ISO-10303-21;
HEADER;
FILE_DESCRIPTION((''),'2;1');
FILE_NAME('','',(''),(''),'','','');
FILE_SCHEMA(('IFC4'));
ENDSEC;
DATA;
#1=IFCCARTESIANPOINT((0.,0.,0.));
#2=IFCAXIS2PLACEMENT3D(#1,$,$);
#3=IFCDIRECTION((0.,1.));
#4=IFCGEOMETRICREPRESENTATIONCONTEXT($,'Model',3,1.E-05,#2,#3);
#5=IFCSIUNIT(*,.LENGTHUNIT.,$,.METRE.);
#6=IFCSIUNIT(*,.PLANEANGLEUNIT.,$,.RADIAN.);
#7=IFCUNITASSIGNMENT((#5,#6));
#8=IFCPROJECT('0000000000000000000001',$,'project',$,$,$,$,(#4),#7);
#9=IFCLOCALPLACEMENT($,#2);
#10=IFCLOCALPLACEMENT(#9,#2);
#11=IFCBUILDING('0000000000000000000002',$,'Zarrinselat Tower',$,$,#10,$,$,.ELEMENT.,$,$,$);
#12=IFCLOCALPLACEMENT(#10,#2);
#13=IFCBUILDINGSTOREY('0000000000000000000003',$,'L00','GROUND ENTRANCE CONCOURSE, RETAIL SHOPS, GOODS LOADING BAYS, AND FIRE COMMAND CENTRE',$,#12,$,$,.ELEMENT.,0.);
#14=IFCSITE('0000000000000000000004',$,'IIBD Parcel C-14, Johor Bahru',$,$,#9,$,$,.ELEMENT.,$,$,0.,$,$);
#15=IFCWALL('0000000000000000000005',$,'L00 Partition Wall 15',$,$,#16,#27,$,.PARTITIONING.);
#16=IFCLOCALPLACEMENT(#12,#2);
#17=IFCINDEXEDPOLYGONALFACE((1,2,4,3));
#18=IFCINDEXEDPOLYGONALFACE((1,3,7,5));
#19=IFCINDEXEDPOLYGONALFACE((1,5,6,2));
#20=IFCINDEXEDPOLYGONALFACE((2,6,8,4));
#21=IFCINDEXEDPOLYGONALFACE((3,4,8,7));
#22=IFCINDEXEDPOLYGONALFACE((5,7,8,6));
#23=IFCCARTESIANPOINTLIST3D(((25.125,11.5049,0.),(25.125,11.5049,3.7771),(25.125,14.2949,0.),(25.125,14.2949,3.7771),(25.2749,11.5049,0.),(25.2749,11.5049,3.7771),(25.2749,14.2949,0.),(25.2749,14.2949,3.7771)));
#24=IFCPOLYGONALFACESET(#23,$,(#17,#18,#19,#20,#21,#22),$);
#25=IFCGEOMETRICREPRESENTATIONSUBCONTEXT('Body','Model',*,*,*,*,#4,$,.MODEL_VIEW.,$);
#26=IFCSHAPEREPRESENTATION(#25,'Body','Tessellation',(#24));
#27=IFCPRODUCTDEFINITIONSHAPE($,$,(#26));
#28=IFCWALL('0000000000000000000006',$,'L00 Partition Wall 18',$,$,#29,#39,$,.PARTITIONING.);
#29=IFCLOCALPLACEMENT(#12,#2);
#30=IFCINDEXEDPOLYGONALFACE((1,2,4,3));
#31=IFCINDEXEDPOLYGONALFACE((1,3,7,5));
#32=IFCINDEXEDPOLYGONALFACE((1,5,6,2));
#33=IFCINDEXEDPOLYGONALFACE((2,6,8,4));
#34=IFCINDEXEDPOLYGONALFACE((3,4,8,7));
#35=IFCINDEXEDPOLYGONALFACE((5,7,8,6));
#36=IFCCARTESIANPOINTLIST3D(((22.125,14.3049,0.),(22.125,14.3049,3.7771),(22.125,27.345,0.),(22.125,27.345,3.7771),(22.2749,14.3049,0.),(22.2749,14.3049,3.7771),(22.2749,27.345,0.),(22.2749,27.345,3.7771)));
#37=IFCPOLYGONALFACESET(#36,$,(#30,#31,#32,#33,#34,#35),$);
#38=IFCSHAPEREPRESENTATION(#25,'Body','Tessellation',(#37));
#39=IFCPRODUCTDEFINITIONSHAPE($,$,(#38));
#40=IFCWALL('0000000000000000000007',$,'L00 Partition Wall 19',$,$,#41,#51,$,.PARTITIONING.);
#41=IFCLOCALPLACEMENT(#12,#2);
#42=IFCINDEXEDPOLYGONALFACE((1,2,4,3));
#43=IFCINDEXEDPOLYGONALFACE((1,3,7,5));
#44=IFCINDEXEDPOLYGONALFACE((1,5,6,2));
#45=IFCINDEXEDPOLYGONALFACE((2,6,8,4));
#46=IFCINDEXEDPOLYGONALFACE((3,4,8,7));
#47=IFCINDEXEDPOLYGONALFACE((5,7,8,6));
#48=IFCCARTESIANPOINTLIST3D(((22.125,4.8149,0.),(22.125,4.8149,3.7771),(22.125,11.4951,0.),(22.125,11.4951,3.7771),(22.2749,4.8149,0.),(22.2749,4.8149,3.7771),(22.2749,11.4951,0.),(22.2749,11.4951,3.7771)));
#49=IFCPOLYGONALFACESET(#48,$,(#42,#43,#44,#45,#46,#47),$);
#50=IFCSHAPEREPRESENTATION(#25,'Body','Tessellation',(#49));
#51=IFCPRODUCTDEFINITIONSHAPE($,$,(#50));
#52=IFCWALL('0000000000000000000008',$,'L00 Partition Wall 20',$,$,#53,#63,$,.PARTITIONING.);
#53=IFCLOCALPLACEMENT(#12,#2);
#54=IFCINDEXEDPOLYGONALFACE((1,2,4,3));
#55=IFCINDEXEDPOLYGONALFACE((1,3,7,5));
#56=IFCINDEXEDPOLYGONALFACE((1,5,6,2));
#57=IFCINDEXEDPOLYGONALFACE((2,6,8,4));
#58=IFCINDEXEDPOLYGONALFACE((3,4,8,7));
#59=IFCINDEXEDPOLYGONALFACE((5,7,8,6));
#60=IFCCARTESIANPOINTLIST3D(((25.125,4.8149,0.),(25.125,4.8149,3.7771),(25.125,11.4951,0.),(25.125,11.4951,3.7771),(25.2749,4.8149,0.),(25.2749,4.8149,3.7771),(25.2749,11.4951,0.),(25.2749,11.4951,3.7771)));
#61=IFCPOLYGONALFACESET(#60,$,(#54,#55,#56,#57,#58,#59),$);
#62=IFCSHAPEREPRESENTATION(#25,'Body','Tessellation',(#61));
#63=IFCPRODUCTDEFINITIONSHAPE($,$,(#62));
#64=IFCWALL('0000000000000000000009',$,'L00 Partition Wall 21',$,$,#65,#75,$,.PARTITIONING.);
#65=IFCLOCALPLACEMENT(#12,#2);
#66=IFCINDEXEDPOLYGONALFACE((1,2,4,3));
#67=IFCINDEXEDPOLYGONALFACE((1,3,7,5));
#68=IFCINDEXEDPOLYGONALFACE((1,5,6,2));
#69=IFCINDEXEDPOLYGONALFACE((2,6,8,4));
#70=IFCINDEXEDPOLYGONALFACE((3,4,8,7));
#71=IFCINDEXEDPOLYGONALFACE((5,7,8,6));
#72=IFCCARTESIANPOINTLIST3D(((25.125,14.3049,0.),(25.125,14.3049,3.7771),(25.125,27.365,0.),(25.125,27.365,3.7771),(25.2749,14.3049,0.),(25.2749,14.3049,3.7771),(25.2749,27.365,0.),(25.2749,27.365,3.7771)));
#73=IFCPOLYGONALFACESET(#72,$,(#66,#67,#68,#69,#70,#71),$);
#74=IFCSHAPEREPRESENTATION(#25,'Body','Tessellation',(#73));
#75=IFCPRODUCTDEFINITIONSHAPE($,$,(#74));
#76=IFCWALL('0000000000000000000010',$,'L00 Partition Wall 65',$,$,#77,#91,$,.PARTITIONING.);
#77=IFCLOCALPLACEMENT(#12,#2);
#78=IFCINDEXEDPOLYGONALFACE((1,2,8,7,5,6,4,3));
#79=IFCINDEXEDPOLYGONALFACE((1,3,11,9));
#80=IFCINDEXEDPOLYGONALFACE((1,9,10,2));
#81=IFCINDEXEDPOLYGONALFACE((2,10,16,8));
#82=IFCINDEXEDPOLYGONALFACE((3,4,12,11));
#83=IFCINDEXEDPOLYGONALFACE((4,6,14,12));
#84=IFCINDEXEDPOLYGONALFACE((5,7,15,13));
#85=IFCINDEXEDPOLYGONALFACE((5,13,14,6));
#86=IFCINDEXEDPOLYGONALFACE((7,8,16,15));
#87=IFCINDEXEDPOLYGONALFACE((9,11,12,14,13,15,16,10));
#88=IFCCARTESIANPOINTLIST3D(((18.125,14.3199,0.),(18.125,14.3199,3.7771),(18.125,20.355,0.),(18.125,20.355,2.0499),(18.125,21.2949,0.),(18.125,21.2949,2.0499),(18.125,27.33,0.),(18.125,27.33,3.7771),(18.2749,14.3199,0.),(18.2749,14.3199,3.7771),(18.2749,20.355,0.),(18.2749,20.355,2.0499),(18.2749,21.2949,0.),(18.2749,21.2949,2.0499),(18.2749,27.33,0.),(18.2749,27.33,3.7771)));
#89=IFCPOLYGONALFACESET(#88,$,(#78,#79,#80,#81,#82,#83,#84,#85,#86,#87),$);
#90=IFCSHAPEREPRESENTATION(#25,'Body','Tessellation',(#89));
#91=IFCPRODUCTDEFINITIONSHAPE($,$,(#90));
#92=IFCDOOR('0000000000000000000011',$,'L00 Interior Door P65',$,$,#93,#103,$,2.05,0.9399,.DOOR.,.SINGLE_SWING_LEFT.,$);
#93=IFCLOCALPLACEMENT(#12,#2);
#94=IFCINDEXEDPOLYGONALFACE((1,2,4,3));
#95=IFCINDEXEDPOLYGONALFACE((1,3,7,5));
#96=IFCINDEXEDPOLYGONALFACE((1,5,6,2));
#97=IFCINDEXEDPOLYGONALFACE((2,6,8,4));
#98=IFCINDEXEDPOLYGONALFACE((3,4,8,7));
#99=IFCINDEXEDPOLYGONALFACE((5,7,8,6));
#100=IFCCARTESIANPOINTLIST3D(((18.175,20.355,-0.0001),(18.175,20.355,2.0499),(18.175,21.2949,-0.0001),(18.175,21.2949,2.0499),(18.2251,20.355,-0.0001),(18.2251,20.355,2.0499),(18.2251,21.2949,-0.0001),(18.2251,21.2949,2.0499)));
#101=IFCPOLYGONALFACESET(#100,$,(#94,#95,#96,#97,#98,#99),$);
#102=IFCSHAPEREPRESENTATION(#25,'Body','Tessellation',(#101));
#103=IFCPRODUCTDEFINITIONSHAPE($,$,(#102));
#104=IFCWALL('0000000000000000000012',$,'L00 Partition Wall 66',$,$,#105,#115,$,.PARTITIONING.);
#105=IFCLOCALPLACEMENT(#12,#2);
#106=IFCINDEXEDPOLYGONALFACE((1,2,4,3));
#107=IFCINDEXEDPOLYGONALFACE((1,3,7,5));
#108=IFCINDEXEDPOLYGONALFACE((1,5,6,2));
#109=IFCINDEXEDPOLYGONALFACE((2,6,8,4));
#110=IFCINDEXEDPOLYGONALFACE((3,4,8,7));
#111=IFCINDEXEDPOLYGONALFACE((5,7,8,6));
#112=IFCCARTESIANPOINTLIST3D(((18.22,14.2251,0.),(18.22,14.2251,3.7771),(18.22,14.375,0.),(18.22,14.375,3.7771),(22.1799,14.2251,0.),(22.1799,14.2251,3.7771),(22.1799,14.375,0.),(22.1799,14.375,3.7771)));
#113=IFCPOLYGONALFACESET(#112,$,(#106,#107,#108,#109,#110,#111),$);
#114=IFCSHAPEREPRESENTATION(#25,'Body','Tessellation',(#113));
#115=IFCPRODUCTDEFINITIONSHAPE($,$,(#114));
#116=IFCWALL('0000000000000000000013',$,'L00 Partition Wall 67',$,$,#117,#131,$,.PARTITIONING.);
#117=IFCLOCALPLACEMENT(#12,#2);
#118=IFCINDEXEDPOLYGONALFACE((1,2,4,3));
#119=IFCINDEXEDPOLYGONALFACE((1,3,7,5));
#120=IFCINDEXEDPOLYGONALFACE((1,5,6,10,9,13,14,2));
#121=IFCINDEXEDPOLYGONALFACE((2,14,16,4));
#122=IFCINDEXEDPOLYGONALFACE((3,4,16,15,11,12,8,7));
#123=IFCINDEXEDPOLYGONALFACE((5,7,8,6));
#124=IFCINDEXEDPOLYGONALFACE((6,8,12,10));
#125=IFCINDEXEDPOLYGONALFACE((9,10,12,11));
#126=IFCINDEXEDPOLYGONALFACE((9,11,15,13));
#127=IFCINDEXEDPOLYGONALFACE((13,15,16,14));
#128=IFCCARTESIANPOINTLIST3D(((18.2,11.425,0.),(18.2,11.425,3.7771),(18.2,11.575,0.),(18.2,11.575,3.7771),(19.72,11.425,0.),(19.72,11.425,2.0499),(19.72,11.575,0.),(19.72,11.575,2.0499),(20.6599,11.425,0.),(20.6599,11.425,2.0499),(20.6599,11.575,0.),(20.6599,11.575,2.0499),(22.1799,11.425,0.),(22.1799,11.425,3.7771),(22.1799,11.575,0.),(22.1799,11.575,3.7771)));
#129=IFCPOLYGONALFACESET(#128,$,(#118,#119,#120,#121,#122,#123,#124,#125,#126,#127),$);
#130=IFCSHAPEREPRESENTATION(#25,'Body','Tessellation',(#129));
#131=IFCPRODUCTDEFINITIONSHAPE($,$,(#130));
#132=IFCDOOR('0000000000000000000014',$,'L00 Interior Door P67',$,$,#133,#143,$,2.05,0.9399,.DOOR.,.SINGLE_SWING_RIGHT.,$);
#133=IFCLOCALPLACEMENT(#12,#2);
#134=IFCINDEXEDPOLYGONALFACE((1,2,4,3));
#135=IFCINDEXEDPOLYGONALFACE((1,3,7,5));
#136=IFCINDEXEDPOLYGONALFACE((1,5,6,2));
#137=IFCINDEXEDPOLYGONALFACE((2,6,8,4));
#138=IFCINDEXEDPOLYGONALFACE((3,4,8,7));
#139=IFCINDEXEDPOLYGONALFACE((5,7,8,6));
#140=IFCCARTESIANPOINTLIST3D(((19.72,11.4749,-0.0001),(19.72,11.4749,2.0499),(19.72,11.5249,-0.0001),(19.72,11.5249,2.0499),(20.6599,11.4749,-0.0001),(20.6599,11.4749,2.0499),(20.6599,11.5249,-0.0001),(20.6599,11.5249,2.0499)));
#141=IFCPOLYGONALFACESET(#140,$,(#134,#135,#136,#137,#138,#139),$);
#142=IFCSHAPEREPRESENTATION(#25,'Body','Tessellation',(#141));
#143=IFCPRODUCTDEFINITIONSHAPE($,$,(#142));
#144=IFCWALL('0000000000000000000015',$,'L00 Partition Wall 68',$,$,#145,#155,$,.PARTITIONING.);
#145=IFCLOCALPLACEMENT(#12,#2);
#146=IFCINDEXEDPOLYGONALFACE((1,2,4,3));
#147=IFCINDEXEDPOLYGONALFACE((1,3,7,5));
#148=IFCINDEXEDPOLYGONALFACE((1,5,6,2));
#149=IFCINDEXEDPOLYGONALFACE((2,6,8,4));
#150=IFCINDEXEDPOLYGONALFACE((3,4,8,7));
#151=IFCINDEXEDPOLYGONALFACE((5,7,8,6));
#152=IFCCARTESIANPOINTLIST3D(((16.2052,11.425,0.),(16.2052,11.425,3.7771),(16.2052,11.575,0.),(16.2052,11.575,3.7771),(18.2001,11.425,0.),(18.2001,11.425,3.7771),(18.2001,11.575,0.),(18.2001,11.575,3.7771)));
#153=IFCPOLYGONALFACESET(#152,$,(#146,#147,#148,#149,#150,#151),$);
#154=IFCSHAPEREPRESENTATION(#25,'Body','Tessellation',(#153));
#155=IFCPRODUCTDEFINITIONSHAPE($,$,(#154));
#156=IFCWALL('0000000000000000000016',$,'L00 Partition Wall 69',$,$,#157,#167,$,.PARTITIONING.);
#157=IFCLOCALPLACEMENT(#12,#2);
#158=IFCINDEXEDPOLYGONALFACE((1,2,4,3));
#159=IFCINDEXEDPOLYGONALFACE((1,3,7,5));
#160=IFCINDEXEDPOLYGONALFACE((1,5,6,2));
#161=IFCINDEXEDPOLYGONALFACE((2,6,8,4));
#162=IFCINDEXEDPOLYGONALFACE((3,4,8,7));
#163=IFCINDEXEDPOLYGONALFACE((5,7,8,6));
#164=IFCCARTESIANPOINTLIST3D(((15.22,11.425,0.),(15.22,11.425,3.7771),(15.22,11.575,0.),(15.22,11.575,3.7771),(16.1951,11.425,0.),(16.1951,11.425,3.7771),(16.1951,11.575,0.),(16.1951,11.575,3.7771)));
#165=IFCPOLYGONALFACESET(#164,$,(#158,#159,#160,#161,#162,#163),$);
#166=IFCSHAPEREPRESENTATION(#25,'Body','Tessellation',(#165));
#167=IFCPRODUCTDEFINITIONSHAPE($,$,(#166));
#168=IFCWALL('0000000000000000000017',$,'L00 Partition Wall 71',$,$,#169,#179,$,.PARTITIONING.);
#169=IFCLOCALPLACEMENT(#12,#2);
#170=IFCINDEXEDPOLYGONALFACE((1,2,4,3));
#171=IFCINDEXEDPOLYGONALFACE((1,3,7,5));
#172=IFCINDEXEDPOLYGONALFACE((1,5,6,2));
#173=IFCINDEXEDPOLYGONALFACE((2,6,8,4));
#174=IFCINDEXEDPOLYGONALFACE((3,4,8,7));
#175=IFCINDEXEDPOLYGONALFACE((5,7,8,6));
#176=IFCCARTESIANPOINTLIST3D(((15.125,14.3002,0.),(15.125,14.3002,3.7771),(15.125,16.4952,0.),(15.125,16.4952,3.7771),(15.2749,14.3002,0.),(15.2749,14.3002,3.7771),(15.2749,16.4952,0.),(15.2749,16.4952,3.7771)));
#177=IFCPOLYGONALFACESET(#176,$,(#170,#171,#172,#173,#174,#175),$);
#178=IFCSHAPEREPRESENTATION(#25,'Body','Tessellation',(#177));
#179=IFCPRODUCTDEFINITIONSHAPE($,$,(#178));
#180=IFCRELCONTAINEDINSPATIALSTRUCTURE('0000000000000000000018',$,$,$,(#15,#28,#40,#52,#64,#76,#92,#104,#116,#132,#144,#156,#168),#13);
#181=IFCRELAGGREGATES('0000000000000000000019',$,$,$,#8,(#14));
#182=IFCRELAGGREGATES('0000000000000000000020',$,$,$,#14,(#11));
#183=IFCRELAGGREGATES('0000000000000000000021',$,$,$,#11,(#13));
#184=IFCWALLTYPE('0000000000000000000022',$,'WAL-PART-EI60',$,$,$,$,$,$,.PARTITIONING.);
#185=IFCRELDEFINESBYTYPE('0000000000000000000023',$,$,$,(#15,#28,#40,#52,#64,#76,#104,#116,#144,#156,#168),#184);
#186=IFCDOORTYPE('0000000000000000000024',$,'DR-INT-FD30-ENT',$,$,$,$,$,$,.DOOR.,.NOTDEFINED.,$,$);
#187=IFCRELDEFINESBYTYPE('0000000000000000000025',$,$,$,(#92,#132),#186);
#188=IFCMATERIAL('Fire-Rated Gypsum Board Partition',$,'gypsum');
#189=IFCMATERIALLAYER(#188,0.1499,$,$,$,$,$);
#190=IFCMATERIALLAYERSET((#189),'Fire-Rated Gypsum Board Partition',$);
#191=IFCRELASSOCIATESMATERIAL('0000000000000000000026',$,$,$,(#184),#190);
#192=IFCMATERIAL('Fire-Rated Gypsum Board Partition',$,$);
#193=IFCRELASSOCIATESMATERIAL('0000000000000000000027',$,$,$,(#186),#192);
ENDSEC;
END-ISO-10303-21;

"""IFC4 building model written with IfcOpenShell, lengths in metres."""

from ifc_helpers import new_model, si_unit, direction, frame, frame_2d, origin, place, context, subcontext, project, spatial, rectangle, extrude, material, layer, layer_set, type_object, element, fill, save


model = new_model("IFC4")

# Units and contexts
model_context = context("Model", 3, precision=1e-05, world=origin(), true_north=direction((0.0, 1.0)))
body_context = subcontext(model_context, "Body", "Model", "MODEL_VIEW")
ifc_project = project(units=[si_unit("LENGTHUNIT", "METRE"), si_unit("PLANEANGLEUNIT", "RADIAN")], contexts=[model_context])

# Site, building, storey
site_placement = place(None, origin())
site = spatial("IfcSite", under=ifc_project, at=site_placement, Name="IIBD Parcel C-14, Johor Bahru", CompositionType="ELEMENT", RefElevation=0.0)
building_placement = place(site_placement, origin())
building = spatial("IfcBuilding", under=site, at=building_placement, Name="Zarrinselat Tower", CompositionType="ELEMENT")
storey_placement = place(building_placement, origin())
storey = spatial("IfcBuildingStorey", under=building, at=storey_placement, Name="L00", Description="GROUND ENTRANCE CONCOURSE, RETAIL SHOPS, GOODS LOADING BAYS, AND FIRE COMMAND CENTRE", CompositionType="ELEMENT", Elevation=0.0)

# Walls
ifc_material_1 = material(Name="Fire-Rated Gypsum Board Partition", Category="gypsum")
ifc_layer_1 = layer(ifc_material_1, 0.1499)
ifc_layer_set_1 = layer_set([ifc_layer_1], Name="Fire-Rated Gypsum Board Partition")
wall_type_1 = type_object("IfcWallType", Name="WAL-PART-EI60", PredefinedType="PARTITIONING", material=ifc_layer_set_1)
for number, where, z_axis, x_axis, name in (
    (1, (25.2, 11.5049, 0.0), (0.0, 0.0, 1.0), (0.0, 1.0, 0.0), "L00 Partition Wall 15"),
):
    element("IfcWall", number, at=place(storey_placement, frame(where, z_axis=z_axis, x_axis=x_axis)), inside=storey, type_object=wall_type_1, Name=name, PredefinedType="PARTITIONING", context=body_context, shape_type="SweptSolid", body=[
        extrude(rectangle(XDim=2.79, YDim=0.1499, at=frame_2d((1.395, 0.0))), origin(), (0.0, 0.0, 1.0), 3.7771),
    ])
wall_1_placement = place(storey_placement, frame((22.2, 14.3049, 0.0), z_axis=(0.0, 0.0, 1.0), x_axis=(0.0, 1.0, 0.0)))
element("IfcWall", 2, at=wall_1_placement, inside=storey, type_object=wall_type_1, Name="L00 Partition Wall 18", PredefinedType="PARTITIONING", context=body_context, shape_type="SweptSolid", body=[
    extrude(rectangle(XDim=13.04, YDim=0.1499, at=frame_2d((6.52, 0.0))), origin(), (0.0, 0.0, 1.0), 3.7771),
])
for number, where, z_axis, x_axis, name in (
    (3, (22.2, 4.8149, 0.0), (0.0, 0.0, 1.0), (0.0, 1.0, 0.0), "L00 Partition Wall 19"),
    (4, (25.2, 4.8149, 0.0), (0.0, 0.0, 1.0), (0.0, 1.0, 0.0), "L00 Partition Wall 20"),
):
    element("IfcWall", number, at=place(storey_placement, frame(where, z_axis=z_axis, x_axis=x_axis)), inside=storey, type_object=wall_type_1, Name=name, PredefinedType="PARTITIONING", context=body_context, shape_type="SweptSolid", body=[
        extrude(rectangle(XDim=6.6802, YDim=0.1499, at=frame_2d((3.3401, 0.0))), origin(), (0.0, 0.0, 1.0), 3.7771),
    ])
wall_2_placement = place(storey_placement, frame((25.2, 14.3049, 0.0), z_axis=(0.0, 0.0, 1.0), x_axis=(0.0, 1.0, 0.0)))
element("IfcWall", 5, at=wall_2_placement, inside=storey, type_object=wall_type_1, Name="L00 Partition Wall 21", PredefinedType="PARTITIONING", context=body_context, shape_type="SweptSolid", body=[
    extrude(rectangle(XDim=13.0601, YDim=0.1499, at=frame_2d((6.53, 0.0))), origin(), (0.0, 0.0, 1.0), 3.7771),
])

# Wall, opening, door
wall_3_placement = place(storey_placement, frame((18.2, 14.3201, 0.0), z_axis=(0.0, 0.0, 1.0), x_axis=(0.0, 1.0, 0.0)))
wall_3 = element("IfcWall", 6, at=wall_3_placement, inside=storey, type_object=wall_type_1, Name="L00 Partition Wall 65", PredefinedType="PARTITIONING", context=body_context, shape_type="SweptSolid", body=[
    extrude(rectangle(XDim=13.01, YDim=0.1499, at=frame_2d((6.5049, 0.0))), origin(), (0.0, 0.0, 1.0), 3.7771),
])
opening_1_placement = place(wall_3_placement, frame((6.0349, 0.0, 0.0)))
opening_1 = element("IfcOpeningElement", 7, at=opening_1_placement, cuts=wall_3, PredefinedType="OPENING", context=body_context, shape_type="SweptSolid", body=[
    extrude(rectangle(XDim=0.9399, YDim=2.05, at=frame_2d((0.47, 1.0249))), frame((0.0, 0.085, 0.0), z_axis=(0.0, -1.0, 0.0), x_axis=(1.0, 0.0, 0.0)), (0.0, 0.0, 1.0), 0.1699),
])
ifc_material_2 = material(Name="Fire-Rated Gypsum Board Partition")
door_type = type_object("IfcDoorType", Name="DR-INT-FD30-ENT", OperationType="NOTDEFINED", PredefinedType="DOOR", material=ifc_material_2)
door_1_placement = place(opening_1_placement, origin())
door_1 = element("IfcDoor", 8, at=door_1_placement, inside=storey, type_object=door_type, Name="L00 Interior Door P65", OperationType="SINGLE_SWING_LEFT", OverallHeight=2.05, OverallWidth=0.9399, PredefinedType="DOOR", context=body_context, shape_type="SweptSolid", body=[
    extrude(rectangle(XDim=0.9399, YDim=2.05, at=frame_2d((0.47, 1.0249))), frame((0.0, 0.0249, 0.0), z_axis=(0.0, -1.0, 0.0), x_axis=(1.0, 0.0, 0.0)), (0.0, 0.0, 1.0), 0.05),
])
fill(opening_1, door_1)

# Wall
wall_4_placement = place(storey_placement, frame((18.22, 14.3, 0.0), z_axis=(0.0, 0.0, 1.0), x_axis=(1.0, 0.0, 0.0)))
element("IfcWall", 9, at=wall_4_placement, inside=storey, type_object=wall_type_1, Name="L00 Partition Wall 66", PredefinedType="PARTITIONING", context=body_context, shape_type="SweptSolid", body=[
    extrude(rectangle(XDim=3.96, YDim=0.1499, at=frame_2d((1.98, 0.0))), origin(), (0.0, 0.0, 1.0), 3.7771),
])

# Wall, opening, door
wall_5_placement = place(storey_placement, frame((18.2, 11.5, 0.0), z_axis=(0.0, 0.0, 1.0), x_axis=(1.0, 0.0, 0.0)))
wall_5 = element("IfcWall", 10, at=wall_5_placement, inside=storey, type_object=wall_type_1, Name="L00 Partition Wall 67", PredefinedType="PARTITIONING", context=body_context, shape_type="SweptSolid", body=[
    extrude(rectangle(XDim=3.98, YDim=0.1499, at=frame_2d((1.99, 0.0))), origin(), (0.0, 0.0, 1.0), 3.7771),
])
opening_2_placement = place(wall_5_placement, frame((1.52, 0.0, 0.0)))
opening_2 = element("IfcOpeningElement", 11, at=opening_2_placement, cuts=wall_5, PredefinedType="OPENING", context=body_context, shape_type="SweptSolid", body=[
    extrude(rectangle(XDim=0.9399, YDim=2.05, at=frame_2d((0.47, 1.0249))), frame((0.0, 0.085, 0.0), z_axis=(0.0, -1.0, 0.0), x_axis=(1.0, 0.0, 0.0)), (0.0, 0.0, 1.0), 0.1699),
])
door_2_placement = place(opening_2_placement, origin())
door_2 = element("IfcDoor", 12, at=door_2_placement, inside=storey, type_object=door_type, Name="L00 Interior Door P67", OperationType="SINGLE_SWING_RIGHT", OverallHeight=2.05, OverallWidth=0.9399, PredefinedType="DOOR", context=body_context, shape_type="SweptSolid", body=[
    extrude(rectangle(XDim=0.9399, YDim=2.05, at=frame_2d((0.47, 1.0249))), frame((0.0, 0.0249, 0.0), z_axis=(0.0, -1.0, 0.0), x_axis=(1.0, 0.0, 0.0)), (0.0, 0.0, 1.0), 0.05),
])
fill(opening_2, door_2)

# Walls
wall_6_placement = place(storey_placement, frame((16.2051, 11.5, 0.0), z_axis=(0.0, 0.0, 1.0), x_axis=(1.0, 0.0, 0.0)))
element("IfcWall", 13, at=wall_6_placement, inside=storey, type_object=wall_type_1, Name="L00 Partition Wall 68", PredefinedType="PARTITIONING", context=body_context, shape_type="SweptSolid", body=[
    extrude(rectangle(XDim=1.9949, YDim=0.1499, at=frame_2d((0.9976, 0.0))), origin(), (0.0, 0.0, 1.0), 3.7771),
])
wall_7_placement = place(storey_placement, frame((15.22, 11.5, 0.0), z_axis=(0.0, 0.0, 1.0), x_axis=(1.0, 0.0, 0.0)))
element("IfcWall", 14, at=wall_7_placement, inside=storey, type_object=wall_type_1, Name="L00 Partition Wall 69", PredefinedType="PARTITIONING", context=body_context, shape_type="SweptSolid", body=[
    extrude(rectangle(XDim=0.9751, YDim=0.1499, at=frame_2d((0.4875, 0.0))), origin(), (0.0, 0.0, 1.0), 3.7771),
])
wall_8_placement = place(storey_placement, frame((15.2, 14.3, 0.0), z_axis=(0.0, 0.0, 1.0), x_axis=(0.0, 1.0, 0.0)))
element("IfcWall", 15, at=wall_8_placement, inside=storey, type_object=wall_type_1, Name="L00 Partition Wall 71", PredefinedType="PARTITIONING", context=body_context, shape_type="SweptSolid", body=[
    extrude(rectangle(XDim=2.1951, YDim=0.1499, at=frame_2d((1.0977, 0.0))), origin(), (0.0, 0.0, 1.0), 3.7771),
])

save(model, "model.ifc")
